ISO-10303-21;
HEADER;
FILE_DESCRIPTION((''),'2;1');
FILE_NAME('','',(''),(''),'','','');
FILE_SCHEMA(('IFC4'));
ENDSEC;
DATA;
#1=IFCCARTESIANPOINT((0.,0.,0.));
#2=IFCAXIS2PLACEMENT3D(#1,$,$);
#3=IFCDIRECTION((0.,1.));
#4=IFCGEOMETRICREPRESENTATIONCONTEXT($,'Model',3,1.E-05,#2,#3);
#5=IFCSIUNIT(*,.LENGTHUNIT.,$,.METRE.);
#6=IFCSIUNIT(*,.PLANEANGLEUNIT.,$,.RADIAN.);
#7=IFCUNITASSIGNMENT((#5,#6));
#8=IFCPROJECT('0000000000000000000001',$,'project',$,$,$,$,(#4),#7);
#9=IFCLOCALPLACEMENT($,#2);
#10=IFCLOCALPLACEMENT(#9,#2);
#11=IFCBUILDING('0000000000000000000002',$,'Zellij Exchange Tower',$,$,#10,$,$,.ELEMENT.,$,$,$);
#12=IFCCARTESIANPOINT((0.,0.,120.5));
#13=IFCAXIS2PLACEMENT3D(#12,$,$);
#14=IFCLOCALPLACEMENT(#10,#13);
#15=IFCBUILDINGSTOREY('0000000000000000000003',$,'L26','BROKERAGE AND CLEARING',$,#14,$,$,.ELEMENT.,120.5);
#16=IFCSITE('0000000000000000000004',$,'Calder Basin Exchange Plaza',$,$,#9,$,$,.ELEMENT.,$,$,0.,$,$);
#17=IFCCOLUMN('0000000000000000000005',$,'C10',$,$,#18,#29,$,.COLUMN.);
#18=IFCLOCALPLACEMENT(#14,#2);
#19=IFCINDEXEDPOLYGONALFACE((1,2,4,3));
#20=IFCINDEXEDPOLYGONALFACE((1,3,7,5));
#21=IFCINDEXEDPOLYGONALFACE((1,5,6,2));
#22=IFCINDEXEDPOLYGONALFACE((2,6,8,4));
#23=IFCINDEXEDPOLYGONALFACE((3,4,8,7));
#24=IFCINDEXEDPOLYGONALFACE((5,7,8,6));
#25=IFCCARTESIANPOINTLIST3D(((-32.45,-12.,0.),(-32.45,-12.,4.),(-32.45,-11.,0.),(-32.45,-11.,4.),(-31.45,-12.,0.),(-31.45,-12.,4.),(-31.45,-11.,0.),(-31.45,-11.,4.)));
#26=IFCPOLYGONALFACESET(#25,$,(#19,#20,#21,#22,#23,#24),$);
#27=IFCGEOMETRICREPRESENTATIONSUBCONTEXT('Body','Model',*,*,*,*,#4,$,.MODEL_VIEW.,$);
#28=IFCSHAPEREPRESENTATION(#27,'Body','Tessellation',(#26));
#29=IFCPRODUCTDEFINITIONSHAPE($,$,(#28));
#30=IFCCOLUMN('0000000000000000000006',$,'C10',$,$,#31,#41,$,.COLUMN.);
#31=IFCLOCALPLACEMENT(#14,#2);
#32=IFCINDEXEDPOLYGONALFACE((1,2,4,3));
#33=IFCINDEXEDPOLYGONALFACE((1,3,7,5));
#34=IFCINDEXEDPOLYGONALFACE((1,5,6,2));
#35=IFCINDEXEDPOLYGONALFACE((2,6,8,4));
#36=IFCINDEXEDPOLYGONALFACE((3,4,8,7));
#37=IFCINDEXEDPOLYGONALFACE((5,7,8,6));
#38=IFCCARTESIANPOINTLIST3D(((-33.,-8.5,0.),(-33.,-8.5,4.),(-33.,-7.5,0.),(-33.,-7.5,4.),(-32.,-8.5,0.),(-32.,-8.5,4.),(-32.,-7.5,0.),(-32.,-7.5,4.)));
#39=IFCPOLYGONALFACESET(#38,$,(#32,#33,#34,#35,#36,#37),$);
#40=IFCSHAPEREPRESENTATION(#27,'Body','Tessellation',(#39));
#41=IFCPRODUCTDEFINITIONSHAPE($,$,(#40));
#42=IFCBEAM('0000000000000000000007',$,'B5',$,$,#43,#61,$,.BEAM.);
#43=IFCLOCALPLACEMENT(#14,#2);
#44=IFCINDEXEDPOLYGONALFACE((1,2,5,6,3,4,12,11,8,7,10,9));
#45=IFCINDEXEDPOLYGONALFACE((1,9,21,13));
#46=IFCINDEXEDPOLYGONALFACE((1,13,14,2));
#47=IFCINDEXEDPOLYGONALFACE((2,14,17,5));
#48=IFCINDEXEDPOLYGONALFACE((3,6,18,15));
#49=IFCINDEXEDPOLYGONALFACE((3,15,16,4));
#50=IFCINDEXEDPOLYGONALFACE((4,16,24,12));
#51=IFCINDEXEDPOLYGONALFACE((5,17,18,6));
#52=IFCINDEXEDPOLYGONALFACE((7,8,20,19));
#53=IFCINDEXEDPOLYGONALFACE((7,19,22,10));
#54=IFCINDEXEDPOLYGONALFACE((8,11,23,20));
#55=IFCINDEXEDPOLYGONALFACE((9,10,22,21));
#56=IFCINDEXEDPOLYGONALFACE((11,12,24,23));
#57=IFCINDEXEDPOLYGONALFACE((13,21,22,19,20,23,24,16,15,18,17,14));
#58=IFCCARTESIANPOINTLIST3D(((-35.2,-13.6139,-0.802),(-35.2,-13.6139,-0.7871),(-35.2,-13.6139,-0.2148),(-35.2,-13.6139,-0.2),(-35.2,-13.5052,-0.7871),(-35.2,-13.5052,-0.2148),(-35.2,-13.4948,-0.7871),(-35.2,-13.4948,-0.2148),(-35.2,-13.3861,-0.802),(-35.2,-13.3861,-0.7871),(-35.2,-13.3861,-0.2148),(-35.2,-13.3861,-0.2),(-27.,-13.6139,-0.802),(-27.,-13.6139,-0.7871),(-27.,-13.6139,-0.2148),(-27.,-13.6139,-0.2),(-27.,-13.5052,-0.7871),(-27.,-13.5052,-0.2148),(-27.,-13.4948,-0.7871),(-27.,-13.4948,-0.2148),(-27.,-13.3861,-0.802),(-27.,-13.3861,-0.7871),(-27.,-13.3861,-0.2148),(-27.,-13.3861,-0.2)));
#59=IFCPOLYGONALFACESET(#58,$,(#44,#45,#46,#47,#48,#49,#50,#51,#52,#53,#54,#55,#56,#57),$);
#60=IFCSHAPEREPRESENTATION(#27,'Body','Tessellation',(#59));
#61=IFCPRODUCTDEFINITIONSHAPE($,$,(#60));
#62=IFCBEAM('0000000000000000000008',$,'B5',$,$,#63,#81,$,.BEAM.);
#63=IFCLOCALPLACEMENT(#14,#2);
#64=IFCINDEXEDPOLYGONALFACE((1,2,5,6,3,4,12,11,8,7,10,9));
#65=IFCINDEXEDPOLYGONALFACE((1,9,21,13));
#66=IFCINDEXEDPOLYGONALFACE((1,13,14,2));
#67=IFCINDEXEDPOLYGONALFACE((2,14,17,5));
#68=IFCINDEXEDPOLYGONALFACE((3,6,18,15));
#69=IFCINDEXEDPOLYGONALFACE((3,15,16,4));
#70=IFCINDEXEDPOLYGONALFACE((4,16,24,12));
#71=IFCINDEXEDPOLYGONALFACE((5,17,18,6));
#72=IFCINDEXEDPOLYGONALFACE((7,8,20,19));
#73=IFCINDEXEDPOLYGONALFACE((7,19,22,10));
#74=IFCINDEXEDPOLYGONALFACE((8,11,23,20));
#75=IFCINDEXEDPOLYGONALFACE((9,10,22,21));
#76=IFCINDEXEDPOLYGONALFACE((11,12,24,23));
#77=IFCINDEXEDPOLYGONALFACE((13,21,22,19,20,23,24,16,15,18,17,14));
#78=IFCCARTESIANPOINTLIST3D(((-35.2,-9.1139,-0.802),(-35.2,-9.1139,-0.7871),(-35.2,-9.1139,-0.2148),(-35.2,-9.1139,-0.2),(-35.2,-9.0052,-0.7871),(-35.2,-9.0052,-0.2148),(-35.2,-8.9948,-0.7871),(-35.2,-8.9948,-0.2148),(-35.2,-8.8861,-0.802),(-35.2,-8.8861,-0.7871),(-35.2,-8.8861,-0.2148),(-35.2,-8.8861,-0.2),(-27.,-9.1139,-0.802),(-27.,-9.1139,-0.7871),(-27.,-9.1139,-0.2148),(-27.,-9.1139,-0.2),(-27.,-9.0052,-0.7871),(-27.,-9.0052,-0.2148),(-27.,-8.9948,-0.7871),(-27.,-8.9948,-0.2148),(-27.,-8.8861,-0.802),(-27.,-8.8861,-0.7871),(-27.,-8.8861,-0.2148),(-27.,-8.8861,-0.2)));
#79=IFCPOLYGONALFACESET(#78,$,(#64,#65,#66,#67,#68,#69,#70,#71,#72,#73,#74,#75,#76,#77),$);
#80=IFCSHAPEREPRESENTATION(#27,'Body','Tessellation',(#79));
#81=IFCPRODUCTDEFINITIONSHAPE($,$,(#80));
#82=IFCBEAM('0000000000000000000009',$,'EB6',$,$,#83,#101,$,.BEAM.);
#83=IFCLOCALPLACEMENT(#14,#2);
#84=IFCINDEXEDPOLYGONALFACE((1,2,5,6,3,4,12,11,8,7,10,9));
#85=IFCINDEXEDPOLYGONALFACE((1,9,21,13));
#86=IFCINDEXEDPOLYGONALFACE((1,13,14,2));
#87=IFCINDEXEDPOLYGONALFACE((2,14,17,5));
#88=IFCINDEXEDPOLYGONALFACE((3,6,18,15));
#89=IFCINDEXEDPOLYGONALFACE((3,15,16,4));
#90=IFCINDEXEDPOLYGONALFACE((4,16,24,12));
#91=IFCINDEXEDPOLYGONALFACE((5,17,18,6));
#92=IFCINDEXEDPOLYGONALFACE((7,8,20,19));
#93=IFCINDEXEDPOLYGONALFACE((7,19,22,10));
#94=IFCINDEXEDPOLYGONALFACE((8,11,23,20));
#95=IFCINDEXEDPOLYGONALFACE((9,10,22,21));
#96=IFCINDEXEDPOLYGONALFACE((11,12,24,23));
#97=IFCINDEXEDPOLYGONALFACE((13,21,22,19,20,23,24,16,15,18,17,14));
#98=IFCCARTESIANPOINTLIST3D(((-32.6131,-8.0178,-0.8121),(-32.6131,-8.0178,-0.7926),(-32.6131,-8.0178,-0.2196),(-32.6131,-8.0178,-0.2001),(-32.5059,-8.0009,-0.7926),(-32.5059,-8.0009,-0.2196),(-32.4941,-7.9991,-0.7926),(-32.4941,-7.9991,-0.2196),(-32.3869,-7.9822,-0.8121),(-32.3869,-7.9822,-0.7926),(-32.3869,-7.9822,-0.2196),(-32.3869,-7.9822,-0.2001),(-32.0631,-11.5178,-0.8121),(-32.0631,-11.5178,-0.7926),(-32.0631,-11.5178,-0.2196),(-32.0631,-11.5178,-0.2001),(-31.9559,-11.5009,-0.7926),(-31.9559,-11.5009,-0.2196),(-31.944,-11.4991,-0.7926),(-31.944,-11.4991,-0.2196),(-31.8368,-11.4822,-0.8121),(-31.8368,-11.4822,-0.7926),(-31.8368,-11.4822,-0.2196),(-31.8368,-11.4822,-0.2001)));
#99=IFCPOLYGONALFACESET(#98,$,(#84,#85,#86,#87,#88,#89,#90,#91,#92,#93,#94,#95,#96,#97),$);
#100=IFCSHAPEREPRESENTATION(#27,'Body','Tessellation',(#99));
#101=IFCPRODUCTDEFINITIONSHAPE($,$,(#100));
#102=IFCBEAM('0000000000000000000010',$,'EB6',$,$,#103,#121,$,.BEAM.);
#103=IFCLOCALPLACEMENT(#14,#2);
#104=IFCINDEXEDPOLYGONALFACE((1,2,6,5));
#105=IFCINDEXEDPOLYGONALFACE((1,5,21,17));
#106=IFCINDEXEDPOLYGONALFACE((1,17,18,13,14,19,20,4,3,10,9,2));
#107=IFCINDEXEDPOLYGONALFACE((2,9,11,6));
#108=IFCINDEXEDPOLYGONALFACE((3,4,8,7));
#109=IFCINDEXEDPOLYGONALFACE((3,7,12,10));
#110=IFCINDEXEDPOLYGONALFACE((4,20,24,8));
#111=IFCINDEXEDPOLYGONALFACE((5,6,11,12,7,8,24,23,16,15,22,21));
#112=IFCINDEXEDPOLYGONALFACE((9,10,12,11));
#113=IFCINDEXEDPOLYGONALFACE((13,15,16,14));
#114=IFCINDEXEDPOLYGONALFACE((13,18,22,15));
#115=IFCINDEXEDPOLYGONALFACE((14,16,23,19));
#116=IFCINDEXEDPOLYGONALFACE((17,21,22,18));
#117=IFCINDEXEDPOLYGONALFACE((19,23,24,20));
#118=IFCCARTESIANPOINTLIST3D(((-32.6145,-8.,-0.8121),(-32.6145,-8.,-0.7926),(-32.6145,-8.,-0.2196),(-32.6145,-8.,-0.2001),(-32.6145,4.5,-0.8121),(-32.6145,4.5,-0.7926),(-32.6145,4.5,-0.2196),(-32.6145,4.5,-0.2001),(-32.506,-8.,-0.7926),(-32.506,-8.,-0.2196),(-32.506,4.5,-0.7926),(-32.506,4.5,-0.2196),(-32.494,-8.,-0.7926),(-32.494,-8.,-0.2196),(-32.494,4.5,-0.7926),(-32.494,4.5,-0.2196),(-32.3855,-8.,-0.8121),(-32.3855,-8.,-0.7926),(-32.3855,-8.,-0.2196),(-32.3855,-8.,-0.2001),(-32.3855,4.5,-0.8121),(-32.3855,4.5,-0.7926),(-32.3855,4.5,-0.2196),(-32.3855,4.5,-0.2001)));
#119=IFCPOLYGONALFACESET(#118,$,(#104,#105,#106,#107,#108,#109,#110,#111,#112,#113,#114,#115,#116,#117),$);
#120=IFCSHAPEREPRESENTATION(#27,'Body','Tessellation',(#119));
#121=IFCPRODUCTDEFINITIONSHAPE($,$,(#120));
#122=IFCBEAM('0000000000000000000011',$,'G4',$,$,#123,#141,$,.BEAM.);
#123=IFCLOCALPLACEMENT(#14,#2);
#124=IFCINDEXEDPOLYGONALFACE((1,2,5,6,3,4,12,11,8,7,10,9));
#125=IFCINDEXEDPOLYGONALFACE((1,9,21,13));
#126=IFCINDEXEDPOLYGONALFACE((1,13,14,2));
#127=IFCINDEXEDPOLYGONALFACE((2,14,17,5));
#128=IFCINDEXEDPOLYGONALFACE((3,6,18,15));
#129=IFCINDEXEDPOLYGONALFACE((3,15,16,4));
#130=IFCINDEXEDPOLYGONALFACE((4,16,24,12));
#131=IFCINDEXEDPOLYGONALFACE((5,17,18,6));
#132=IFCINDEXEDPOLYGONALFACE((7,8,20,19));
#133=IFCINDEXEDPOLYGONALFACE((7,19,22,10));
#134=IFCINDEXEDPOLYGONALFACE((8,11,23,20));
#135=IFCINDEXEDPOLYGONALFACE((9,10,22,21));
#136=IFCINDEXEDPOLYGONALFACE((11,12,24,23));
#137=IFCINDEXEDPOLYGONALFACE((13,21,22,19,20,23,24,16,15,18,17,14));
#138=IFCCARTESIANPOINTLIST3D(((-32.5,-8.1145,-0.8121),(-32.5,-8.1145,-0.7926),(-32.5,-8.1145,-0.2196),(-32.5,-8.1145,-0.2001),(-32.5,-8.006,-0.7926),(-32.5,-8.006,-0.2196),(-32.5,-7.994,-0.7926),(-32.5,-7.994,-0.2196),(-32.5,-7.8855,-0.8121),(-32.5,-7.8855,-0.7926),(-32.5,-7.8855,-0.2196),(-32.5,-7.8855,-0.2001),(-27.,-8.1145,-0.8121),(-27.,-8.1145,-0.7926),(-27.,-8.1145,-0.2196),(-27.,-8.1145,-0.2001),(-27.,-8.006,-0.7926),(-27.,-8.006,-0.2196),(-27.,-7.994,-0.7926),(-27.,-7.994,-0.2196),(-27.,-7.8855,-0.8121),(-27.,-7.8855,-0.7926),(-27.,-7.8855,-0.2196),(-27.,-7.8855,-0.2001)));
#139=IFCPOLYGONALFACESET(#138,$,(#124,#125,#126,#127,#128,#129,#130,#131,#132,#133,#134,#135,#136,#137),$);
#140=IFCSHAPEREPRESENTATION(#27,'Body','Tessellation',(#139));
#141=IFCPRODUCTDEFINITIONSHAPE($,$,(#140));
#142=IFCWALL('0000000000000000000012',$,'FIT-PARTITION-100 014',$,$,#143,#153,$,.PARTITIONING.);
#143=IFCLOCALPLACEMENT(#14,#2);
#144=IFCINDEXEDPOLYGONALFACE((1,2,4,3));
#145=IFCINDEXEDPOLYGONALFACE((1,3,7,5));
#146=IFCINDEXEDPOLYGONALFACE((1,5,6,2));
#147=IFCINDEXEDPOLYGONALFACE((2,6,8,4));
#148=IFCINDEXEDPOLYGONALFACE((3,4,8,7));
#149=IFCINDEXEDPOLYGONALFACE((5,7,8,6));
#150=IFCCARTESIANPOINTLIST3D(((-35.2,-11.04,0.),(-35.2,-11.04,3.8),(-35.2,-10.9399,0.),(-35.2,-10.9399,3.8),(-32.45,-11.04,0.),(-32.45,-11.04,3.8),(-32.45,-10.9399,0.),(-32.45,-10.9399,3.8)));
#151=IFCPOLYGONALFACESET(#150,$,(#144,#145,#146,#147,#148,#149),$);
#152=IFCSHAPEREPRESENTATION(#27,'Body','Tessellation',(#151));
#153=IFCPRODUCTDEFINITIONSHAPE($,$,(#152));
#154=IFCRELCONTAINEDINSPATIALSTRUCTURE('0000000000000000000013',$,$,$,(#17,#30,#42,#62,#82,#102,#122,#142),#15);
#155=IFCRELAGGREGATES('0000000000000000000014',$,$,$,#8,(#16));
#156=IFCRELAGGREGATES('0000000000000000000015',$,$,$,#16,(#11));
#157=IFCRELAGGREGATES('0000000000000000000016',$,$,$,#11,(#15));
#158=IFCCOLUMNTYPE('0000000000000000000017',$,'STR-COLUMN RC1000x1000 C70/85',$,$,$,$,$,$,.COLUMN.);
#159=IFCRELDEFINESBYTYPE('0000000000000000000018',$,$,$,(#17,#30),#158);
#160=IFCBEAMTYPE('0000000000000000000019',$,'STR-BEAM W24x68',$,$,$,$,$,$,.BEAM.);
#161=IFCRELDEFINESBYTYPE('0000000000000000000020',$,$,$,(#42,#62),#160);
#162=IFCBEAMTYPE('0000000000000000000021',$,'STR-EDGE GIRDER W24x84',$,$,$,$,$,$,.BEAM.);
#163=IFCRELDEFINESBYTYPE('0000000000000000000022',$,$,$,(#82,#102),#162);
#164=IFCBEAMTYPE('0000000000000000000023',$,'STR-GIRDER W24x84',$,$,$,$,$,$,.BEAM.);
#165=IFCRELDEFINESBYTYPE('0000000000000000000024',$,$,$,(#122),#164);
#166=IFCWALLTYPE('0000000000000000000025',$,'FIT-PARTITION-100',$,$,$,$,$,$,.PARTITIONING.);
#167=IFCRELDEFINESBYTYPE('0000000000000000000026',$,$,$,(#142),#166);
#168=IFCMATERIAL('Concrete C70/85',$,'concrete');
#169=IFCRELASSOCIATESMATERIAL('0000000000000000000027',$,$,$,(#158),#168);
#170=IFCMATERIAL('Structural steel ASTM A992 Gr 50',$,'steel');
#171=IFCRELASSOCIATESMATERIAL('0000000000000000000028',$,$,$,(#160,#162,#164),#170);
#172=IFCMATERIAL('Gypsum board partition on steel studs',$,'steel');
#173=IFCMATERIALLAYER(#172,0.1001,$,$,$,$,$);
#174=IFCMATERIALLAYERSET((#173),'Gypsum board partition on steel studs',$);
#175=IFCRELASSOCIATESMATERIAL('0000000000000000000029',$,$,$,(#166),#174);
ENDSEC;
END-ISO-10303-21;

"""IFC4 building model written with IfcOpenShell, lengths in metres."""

from ifc_helpers import new_model, si_unit, direction, frame, frame_2d, origin, origin_2d, place, context, subcontext, project, spatial, rectangle, i_section, extrude, material, layer, layer_set, material_profile, profile_set, type_object, element, save


model = new_model("IFC4")

# Units and contexts
model_context = context("Model", 3, precision=1e-05, world=origin(), true_north=direction((0.0, 1.0)))
body_context = subcontext(model_context, "Body", "Model", "MODEL_VIEW")
ifc_project = project(units=[si_unit("LENGTHUNIT", "METRE"), si_unit("PLANEANGLEUNIT", "RADIAN")], contexts=[model_context])

# Site, building, storey
site_placement = place(None, origin())
site = spatial("IfcSite", under=ifc_project, at=site_placement, Name="Calder Basin Exchange Plaza", CompositionType="ELEMENT", RefElevation=0.0)
building_placement = place(site_placement, origin())
building = spatial("IfcBuilding", under=site, at=building_placement, Name="Zellij Exchange Tower", CompositionType="ELEMENT")
storey_placement = place(building_placement, frame((0.0, 0.0, 120.5)))
storey = spatial("IfcBuildingStorey", under=building, at=storey_placement, Name="L26", Description="BROKERAGE AND CLEARING", CompositionType="ELEMENT", Elevation=120.5)

# Columns
ifc_material_1 = material(Name="Concrete C70/85", Category="concrete")
ifc_material_profile_1 = material_profile(ifc_material_1, rectangle(XDim=1.0, YDim=1.0, at=origin_2d()), Name="STR-COLUMN RC1000x1000 C70/85")
ifc_profile_set_1 = profile_set([ifc_material_profile_1], Name="Concrete C70/85")
column_type = type_object("IfcColumnType", Name="STR-COLUMN RC1000x1000 C70/85", PredefinedType="COLUMN", material=ifc_profile_set_1)
for number, where, z_axis, x_axis, name in (
    (1, (-31.95, -11.5, 0.0), (0.0, 0.0, 1.0), (1.0, 0.0, 0.0), "C10"),
    (2, (-32.5, -8.0, 0.0), (0.0, 0.0, 1.0), (1.0, 0.0, 0.0), "C10"),
):
    element("IfcColumn", number, at=place(storey_placement, frame(where, z_axis=z_axis, x_axis=x_axis)), inside=storey, type_object=column_type, Name=name, PredefinedType="COLUMN", context=body_context, shape_type="SweptSolid", body=[
        extrude(rectangle(XDim=1.0, YDim=1.0, at=origin_2d()), origin(), (0.0, 0.0, 1.0), 4.0),
    ])

# Beams
ifc_material_2 = material(Name="Structural steel ASTM A992 Gr 50", Category="steel")
ifc_material_profile_2 = material_profile(ifc_material_2, i_section(OverallWidth=0.2278, OverallDepth=0.6021, WebThickness=0.0105, FlangeThickness=0.0149, at=origin_2d()), Name="W24x68")
ifc_profile_set_2 = profile_set([ifc_material_profile_2], Name="Structural steel ASTM A992 Gr 50")
beam_type_1 = type_object("IfcBeamType", Name="STR-BEAM W24x68", PredefinedType="BEAM", material=ifc_profile_set_2)
for number, where, z_axis, x_axis, name in (
    (3, (-35.2, -13.5, -0.501), (1.0, 0.0, 0.0), (0.0, 1.0, 0.0), "B5"),
    (4, (-35.2, -9.0, -0.501), (1.0, 0.0, 0.0), (0.0, 1.0, 0.0), "B5"),
):
    element("IfcBeam", number, at=place(storey_placement, frame(where, z_axis=z_axis, x_axis=x_axis)), inside=storey, type_object=beam_type_1, Name=name, PredefinedType="BEAM", context=body_context, shape_type="SweptSolid", body=[
        extrude(i_section(OverallWidth=0.2278, OverallDepth=0.6021, WebThickness=0.0105, FlangeThickness=0.0149, at=origin_2d()), origin(), (0.0, 0.0, 1.0), 8.2),
    ])
ifc_material_profile_3 = material_profile(ifc_material_2, i_section(OverallWidth=0.229, OverallDepth=0.6121, WebThickness=0.012, FlangeThickness=0.0195, at=origin_2d()), Name="W24x84")
ifc_profile_set_3 = profile_set([ifc_material_profile_3], Name="Structural steel ASTM A992 Gr 50")
beam_type_2 = type_object("IfcBeamType", Name="STR-EDGE GIRDER W24x84", PredefinedType="BEAM", material=ifc_profile_set_3)
beam_1_placement = place(storey_placement, frame((-31.95, -11.5, -0.5061), z_axis=(-0.155251, 0.987875, 0.0), x_axis=(-0.987875, -0.155251, 0.0)))
element("IfcBeam", 5, at=beam_1_placement, inside=storey, type_object=beam_type_2, Name="EB6", PredefinedType="BEAM", context=body_context, shape_type="SweptSolid", body=[
    extrude(i_section(OverallWidth=0.229, OverallDepth=0.6121, WebThickness=0.012, FlangeThickness=0.0195, at=origin_2d()), origin(), (0.0, 0.0, 1.0), 3.543),
])
beam_2_placement = place(storey_placement, frame((-32.5, -8.0, -0.5061), z_axis=(0.0, 1.0, 0.0), x_axis=(-1.0, 0.0, 0.0)))
element("IfcBeam", 6, at=beam_2_placement, inside=storey, type_object=beam_type_2, Name="EB6", PredefinedType="BEAM", context=body_context, shape_type="SweptSolid", body=[
    extrude(i_section(OverallWidth=0.229, OverallDepth=0.6121, WebThickness=0.012, FlangeThickness=0.0195, at=origin_2d()), origin(), (0.0, 0.0, 1.0), 12.5),
])
ifc_material_profile_4 = material_profile(ifc_material_2, i_section(OverallWidth=0.229, OverallDepth=0.6121, WebThickness=0.012, FlangeThickness=0.0195, at=origin_2d()), Name="W24x84")
ifc_profile_set_4 = profile_set([ifc_material_profile_4], Name="Structural steel ASTM A992 Gr 50")
beam_type_3 = type_object("IfcBeamType", Name="STR-GIRDER W24x84", PredefinedType="BEAM", material=ifc_profile_set_4)
beam_3_placement = place(storey_placement, frame((-32.5, -8.0, -0.5061), z_axis=(1.0, 0.0, 0.0), x_axis=(0.0, 1.0, 0.0)))
element("IfcBeam", 7, at=beam_3_placement, inside=storey, type_object=beam_type_3, Name="G4", PredefinedType="BEAM", context=body_context, shape_type="SweptSolid", body=[
    extrude(i_section(OverallWidth=0.229, OverallDepth=0.6121, WebThickness=0.012, FlangeThickness=0.0195, at=origin_2d()), origin(), (0.0, 0.0, 1.0), 5.5),
])

# Wall
ifc_material_3 = material(Name="Gypsum board partition on steel studs", Category="steel")
ifc_layer = layer(ifc_material_3, 0.1001)
ifc_layer_set = layer_set([ifc_layer], Name="Gypsum board partition on steel studs")
wall_type = type_object("IfcWallType", Name="FIT-PARTITION-100", PredefinedType="PARTITIONING", material=ifc_layer_set)
wall_1_placement = place(storey_placement, frame((-35.2, -10.99, 0.0), z_axis=(0.0, 0.0, 1.0), x_axis=(1.0, 0.0, 0.0)))
element("IfcWall", 8, at=wall_1_placement, inside=storey, type_object=wall_type, Name="FIT-PARTITION-100 014", PredefinedType="PARTITIONING", context=body_context, shape_type="SweptSolid", body=[
    extrude(rectangle(XDim=2.75, YDim=0.1001, at=frame_2d((1.375, 0.0))), origin(), (0.0, 0.0, 1.0), 3.8),
])

save(model, "model.ifc")
